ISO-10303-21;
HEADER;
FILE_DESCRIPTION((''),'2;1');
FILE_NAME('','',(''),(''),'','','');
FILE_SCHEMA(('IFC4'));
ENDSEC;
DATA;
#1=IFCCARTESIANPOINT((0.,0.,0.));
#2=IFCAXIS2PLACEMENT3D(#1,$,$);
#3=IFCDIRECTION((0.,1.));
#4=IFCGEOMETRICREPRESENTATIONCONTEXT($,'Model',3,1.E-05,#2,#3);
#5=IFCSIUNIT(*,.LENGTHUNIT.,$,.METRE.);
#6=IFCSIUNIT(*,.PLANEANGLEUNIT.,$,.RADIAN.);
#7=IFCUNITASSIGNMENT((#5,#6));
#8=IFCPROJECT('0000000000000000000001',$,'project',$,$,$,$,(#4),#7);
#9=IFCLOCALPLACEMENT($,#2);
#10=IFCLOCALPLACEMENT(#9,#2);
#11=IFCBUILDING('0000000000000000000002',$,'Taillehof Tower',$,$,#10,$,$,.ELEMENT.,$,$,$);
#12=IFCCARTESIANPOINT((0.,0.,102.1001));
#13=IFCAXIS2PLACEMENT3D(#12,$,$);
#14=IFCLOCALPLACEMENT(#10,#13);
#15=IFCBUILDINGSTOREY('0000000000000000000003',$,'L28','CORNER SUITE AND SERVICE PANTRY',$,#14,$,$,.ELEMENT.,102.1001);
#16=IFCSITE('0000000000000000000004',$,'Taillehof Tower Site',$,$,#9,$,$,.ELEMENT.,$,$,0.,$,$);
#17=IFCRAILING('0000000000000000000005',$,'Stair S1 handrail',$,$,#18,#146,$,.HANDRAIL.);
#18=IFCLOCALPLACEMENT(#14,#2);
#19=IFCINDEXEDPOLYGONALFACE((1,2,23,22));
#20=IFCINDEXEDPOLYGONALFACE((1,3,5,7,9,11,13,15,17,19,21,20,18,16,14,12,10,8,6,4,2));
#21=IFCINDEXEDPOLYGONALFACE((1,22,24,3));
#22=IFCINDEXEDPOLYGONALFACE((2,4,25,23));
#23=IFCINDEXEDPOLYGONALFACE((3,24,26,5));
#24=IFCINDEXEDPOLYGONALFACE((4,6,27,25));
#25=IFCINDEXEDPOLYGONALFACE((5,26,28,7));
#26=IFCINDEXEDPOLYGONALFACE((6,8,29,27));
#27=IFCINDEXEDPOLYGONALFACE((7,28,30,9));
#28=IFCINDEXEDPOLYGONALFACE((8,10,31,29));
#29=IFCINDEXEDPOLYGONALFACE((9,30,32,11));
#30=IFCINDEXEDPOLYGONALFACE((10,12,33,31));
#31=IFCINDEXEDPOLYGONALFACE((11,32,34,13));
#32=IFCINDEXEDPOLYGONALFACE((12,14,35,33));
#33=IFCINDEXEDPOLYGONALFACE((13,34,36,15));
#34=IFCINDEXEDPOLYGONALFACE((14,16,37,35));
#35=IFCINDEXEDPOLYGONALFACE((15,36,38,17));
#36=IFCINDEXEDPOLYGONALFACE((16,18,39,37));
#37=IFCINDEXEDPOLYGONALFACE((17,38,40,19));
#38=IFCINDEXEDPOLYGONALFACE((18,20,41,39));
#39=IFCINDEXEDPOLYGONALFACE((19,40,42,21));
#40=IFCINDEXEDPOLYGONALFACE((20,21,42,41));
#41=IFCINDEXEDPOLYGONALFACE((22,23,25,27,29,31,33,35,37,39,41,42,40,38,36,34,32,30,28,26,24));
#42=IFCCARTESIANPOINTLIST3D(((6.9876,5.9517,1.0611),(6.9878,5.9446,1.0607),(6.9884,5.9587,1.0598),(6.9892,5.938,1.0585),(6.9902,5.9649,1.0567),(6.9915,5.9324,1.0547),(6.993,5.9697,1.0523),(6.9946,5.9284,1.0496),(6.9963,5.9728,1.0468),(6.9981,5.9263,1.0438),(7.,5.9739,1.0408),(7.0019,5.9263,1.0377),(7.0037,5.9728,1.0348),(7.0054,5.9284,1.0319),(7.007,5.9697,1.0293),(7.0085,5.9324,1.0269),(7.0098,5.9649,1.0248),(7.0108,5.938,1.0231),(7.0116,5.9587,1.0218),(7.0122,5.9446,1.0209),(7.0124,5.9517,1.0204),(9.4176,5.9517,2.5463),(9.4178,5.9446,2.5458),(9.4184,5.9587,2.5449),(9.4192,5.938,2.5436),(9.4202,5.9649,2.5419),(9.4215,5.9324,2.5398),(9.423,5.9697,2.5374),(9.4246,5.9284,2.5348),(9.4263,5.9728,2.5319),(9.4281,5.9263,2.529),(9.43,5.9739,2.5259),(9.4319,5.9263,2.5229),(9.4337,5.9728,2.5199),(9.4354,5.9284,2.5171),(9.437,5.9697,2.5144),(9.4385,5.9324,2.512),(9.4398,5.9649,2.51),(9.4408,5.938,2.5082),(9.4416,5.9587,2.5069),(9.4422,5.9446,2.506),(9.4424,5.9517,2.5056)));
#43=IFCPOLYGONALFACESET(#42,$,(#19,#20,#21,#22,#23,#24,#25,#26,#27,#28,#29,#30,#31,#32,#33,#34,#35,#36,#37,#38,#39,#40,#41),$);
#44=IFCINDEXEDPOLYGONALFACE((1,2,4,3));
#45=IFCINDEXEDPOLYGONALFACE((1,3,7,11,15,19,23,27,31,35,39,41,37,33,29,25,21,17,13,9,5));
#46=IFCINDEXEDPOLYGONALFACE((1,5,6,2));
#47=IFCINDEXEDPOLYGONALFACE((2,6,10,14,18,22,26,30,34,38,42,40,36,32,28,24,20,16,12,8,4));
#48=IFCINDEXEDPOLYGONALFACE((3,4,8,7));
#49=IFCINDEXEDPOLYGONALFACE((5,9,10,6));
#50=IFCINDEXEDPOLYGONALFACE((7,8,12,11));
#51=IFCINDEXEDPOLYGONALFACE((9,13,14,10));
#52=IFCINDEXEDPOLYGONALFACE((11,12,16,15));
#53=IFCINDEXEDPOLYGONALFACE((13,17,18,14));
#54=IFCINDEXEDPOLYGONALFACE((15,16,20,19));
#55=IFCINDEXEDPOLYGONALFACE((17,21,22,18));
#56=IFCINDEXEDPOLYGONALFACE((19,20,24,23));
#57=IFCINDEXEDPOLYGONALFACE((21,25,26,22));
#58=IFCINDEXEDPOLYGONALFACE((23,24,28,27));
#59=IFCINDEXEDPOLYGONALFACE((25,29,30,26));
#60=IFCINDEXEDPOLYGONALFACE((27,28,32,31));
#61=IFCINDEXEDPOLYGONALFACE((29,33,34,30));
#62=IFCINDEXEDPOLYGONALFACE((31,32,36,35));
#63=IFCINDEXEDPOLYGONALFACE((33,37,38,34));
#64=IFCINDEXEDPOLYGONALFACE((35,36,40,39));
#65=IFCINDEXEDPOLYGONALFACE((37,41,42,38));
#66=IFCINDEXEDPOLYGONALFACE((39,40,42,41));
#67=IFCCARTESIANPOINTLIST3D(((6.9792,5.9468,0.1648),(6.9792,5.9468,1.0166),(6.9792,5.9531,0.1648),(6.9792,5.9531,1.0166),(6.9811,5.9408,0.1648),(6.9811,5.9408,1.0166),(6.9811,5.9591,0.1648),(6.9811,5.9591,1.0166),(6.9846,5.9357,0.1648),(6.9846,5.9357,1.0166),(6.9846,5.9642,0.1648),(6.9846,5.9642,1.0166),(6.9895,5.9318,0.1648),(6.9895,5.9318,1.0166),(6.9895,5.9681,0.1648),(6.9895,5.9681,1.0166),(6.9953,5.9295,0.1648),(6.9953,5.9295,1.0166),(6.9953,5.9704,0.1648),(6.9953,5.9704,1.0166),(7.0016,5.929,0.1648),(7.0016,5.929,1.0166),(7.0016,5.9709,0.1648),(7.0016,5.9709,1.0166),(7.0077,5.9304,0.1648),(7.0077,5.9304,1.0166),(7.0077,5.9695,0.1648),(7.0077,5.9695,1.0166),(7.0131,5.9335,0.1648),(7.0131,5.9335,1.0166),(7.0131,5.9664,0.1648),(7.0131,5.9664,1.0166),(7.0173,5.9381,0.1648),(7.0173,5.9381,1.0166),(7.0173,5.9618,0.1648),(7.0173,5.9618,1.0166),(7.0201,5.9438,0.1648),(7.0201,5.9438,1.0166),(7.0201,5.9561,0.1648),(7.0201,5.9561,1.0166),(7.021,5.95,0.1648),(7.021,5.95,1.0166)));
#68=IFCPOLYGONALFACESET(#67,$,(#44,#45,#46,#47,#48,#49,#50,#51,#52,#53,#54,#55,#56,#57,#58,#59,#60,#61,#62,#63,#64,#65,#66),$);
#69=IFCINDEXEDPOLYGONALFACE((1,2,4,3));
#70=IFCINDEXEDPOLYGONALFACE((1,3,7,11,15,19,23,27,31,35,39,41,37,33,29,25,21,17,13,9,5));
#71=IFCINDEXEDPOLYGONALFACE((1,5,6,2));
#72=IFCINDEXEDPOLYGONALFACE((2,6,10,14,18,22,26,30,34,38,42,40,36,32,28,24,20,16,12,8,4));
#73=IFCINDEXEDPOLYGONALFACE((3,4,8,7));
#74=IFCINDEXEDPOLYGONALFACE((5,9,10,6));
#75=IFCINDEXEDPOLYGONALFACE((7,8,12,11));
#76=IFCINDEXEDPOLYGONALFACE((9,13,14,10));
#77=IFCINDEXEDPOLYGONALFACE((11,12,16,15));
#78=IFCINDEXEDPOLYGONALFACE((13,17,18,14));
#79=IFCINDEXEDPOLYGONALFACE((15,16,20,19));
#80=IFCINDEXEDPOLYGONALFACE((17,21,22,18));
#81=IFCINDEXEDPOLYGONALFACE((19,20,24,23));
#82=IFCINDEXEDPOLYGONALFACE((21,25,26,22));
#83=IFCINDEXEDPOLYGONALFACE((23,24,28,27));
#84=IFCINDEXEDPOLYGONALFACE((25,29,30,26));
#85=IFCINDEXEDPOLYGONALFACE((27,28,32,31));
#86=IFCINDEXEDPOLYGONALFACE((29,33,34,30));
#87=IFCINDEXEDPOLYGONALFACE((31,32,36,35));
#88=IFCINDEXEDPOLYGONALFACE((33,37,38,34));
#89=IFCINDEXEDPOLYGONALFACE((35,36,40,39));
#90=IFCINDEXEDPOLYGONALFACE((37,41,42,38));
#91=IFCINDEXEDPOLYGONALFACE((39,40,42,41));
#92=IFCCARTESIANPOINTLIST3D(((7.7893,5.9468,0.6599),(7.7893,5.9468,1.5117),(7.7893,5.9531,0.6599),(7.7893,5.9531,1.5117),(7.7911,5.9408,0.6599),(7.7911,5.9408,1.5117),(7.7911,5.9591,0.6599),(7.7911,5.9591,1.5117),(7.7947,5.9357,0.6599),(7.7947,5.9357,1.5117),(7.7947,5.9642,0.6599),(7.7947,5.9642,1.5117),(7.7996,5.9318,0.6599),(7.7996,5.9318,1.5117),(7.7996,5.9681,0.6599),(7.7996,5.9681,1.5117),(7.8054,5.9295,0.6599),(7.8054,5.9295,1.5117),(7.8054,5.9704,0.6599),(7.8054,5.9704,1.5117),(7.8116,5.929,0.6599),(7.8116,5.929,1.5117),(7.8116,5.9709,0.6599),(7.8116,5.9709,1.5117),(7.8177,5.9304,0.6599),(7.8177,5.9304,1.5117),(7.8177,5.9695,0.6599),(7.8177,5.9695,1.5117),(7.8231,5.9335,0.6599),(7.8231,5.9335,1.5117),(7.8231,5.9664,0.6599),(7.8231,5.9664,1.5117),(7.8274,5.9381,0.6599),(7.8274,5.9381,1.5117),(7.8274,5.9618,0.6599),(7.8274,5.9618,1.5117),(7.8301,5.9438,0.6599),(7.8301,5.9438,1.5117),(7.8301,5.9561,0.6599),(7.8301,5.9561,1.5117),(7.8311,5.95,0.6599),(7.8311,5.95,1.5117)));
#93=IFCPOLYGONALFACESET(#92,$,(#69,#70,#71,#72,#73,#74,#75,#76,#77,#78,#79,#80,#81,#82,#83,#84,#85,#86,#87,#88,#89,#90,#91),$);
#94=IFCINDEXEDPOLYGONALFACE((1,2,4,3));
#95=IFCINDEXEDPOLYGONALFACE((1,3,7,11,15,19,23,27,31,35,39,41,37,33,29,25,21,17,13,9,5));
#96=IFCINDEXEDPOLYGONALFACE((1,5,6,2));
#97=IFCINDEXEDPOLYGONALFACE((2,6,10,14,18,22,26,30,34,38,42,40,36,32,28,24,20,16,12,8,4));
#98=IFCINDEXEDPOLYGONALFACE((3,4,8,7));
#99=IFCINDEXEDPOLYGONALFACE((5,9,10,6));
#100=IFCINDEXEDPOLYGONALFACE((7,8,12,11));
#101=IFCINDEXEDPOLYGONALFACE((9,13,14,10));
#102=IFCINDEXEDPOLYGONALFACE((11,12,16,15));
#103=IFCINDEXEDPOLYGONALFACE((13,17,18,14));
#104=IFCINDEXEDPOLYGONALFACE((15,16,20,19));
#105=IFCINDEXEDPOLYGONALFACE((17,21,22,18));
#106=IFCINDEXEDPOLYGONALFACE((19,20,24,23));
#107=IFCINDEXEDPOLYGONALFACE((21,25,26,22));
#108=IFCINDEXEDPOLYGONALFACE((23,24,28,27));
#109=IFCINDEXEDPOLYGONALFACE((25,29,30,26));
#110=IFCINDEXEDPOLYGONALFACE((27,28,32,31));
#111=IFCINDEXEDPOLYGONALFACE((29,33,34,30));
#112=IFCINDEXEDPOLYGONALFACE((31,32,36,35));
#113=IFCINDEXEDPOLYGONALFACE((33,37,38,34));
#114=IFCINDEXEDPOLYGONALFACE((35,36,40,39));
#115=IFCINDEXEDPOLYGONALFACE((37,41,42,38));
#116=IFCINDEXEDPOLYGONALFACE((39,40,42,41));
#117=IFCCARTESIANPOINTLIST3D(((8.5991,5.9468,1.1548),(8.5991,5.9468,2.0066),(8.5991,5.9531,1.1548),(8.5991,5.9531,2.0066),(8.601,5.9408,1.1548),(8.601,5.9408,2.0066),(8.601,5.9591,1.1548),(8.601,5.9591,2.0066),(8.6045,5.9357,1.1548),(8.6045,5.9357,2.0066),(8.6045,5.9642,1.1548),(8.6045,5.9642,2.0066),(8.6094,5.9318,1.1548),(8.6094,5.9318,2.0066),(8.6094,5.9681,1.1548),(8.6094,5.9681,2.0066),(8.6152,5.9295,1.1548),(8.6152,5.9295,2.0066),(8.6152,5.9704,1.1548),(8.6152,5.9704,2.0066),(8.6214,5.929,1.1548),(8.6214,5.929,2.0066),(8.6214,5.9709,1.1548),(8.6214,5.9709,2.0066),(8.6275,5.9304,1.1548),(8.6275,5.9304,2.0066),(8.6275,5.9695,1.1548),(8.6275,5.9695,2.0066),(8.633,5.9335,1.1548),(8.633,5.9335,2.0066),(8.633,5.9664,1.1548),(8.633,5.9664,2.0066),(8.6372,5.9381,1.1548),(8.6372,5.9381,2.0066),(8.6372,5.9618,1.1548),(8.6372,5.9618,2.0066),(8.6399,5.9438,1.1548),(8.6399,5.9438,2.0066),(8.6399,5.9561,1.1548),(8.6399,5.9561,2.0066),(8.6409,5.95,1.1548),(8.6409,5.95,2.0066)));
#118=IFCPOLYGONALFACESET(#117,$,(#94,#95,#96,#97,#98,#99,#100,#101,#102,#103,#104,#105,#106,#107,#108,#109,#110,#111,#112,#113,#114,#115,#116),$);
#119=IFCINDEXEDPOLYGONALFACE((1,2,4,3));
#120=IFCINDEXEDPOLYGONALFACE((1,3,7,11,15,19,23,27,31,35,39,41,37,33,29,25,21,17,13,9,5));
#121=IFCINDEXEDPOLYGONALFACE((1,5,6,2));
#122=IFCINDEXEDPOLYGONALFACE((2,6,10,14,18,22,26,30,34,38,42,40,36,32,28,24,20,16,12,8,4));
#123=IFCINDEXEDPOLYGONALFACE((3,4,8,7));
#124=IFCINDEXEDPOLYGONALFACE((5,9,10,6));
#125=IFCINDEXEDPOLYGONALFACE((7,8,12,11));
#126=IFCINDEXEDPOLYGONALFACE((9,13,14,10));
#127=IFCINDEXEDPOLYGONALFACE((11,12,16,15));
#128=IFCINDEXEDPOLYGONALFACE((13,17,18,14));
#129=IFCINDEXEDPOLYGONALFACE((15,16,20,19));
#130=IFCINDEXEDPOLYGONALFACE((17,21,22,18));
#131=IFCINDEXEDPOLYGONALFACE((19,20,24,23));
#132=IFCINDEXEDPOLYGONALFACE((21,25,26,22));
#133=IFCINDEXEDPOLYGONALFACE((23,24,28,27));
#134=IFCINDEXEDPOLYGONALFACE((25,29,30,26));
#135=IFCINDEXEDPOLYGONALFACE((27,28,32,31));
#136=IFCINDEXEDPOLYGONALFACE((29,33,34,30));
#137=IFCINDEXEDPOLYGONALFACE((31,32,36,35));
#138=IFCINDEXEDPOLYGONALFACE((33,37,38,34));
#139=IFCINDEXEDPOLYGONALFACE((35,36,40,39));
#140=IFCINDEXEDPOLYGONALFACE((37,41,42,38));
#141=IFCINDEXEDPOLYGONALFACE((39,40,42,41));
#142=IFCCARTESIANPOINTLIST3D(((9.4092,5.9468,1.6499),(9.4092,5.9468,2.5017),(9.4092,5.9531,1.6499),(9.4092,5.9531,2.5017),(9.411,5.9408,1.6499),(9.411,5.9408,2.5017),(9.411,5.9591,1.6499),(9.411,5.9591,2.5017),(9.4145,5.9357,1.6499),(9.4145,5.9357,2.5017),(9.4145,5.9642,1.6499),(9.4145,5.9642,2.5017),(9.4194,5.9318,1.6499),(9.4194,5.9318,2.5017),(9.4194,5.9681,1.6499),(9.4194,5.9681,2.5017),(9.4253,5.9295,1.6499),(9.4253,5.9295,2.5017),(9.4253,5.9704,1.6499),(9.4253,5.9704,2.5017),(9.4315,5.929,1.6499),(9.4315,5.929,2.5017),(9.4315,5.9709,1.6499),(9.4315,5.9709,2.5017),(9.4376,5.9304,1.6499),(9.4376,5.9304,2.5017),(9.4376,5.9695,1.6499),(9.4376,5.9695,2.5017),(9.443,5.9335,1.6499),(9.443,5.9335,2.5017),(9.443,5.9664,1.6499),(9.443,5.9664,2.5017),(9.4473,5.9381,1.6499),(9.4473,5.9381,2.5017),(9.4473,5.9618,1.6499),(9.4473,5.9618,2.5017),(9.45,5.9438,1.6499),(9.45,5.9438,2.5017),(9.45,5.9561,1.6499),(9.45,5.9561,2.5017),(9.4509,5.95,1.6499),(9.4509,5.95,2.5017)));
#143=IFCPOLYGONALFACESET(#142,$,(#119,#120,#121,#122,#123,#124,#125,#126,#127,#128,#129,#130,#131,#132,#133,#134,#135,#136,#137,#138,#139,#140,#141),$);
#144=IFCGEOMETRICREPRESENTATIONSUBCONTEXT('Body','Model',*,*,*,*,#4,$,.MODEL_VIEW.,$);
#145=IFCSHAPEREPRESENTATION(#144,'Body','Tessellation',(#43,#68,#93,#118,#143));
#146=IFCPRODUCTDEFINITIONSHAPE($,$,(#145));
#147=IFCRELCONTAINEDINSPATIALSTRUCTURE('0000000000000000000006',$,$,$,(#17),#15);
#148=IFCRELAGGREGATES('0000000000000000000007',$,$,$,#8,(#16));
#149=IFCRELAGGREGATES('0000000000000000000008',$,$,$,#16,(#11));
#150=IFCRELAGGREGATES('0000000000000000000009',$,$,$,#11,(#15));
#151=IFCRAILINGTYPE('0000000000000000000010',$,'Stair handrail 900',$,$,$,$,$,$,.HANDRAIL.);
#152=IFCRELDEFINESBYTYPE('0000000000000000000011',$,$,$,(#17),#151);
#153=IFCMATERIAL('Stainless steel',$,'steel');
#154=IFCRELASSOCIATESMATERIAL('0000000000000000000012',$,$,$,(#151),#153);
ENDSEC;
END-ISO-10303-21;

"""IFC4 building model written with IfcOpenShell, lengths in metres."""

from ifc_helpers import new_model, si_unit, direction, frame, origin, origin_2d, place, context, subcontext, project, spatial, circle, extrude, material, type_object, element, save


model = new_model("IFC4")

# Units and contexts
model_context = context("Model", 3, precision=1e-05, world=origin(), true_north=direction((0.0, 1.0)))
body_context = subcontext(model_context, "Body", "Model", "MODEL_VIEW")
ifc_project = project(units=[si_unit("LENGTHUNIT", "METRE"), si_unit("PLANEANGLEUNIT", "RADIAN")], contexts=[model_context])

# Site, building, storey
site_placement = place(None, origin())
site = spatial("IfcSite", under=ifc_project, at=site_placement, Name="Taillehof Tower Site", CompositionType="ELEMENT", RefElevation=0.0)
building_placement = place(site_placement, origin())
building = spatial("IfcBuilding", under=site, at=building_placement, Name="Taillehof Tower", CompositionType="ELEMENT")
storey_placement = place(building_placement, frame((0.0, 0.0, 102.1001)))
storey = spatial("IfcBuildingStorey", under=building, at=storey_placement, Name="L28", Description="CORNER SUITE AND SERVICE PANTRY", CompositionType="ELEMENT", Elevation=102.1001)

# Railing
ifc_material_1 = material(Name="Stainless steel", Category="steel")
railing_type = type_object("IfcRailingType", Name="Stair handrail 900", PredefinedType="HANDRAIL", material=ifc_material_1)
railing_placement = place(storey_placement, frame((7.0, 5.95, 0.1648)))
element("IfcRailing", 1, at=railing_placement, inside=storey, type_object=railing_type, Name="Stair S1 handrail", PredefinedType="HANDRAIL", context=body_context, shape_type="SweptSolid", body=[
    extrude(circle(Radius=0.0239, at=origin_2d()), frame((0.0, 0.0, 0.876), z_axis=(0.853259, 0.0, 0.521488), x_axis=(0.0, 1.0, 0.0)), (0.0, 0.0, 1.0), 2.8479),
    extrude(circle(Radius=0.021, at=origin_2d()), origin(), (0.0, 0.0, 1.0), 0.8518),
    extrude(circle(Radius=0.021, at=origin_2d()), frame((0.8101, 0.0, 0.4951)), (0.0, 0.0, 1.0), 0.8518),
    extrude(circle(Radius=0.021, at=origin_2d()), frame((1.6199, 0.0, 0.99)), (0.0, 0.0, 1.0), 0.8518),
    extrude(circle(Radius=0.021, at=origin_2d()), frame((2.4299, 0.0, 1.4851)), (0.0, 0.0, 1.0), 0.8518),
])

save(model, "model.ifc")
